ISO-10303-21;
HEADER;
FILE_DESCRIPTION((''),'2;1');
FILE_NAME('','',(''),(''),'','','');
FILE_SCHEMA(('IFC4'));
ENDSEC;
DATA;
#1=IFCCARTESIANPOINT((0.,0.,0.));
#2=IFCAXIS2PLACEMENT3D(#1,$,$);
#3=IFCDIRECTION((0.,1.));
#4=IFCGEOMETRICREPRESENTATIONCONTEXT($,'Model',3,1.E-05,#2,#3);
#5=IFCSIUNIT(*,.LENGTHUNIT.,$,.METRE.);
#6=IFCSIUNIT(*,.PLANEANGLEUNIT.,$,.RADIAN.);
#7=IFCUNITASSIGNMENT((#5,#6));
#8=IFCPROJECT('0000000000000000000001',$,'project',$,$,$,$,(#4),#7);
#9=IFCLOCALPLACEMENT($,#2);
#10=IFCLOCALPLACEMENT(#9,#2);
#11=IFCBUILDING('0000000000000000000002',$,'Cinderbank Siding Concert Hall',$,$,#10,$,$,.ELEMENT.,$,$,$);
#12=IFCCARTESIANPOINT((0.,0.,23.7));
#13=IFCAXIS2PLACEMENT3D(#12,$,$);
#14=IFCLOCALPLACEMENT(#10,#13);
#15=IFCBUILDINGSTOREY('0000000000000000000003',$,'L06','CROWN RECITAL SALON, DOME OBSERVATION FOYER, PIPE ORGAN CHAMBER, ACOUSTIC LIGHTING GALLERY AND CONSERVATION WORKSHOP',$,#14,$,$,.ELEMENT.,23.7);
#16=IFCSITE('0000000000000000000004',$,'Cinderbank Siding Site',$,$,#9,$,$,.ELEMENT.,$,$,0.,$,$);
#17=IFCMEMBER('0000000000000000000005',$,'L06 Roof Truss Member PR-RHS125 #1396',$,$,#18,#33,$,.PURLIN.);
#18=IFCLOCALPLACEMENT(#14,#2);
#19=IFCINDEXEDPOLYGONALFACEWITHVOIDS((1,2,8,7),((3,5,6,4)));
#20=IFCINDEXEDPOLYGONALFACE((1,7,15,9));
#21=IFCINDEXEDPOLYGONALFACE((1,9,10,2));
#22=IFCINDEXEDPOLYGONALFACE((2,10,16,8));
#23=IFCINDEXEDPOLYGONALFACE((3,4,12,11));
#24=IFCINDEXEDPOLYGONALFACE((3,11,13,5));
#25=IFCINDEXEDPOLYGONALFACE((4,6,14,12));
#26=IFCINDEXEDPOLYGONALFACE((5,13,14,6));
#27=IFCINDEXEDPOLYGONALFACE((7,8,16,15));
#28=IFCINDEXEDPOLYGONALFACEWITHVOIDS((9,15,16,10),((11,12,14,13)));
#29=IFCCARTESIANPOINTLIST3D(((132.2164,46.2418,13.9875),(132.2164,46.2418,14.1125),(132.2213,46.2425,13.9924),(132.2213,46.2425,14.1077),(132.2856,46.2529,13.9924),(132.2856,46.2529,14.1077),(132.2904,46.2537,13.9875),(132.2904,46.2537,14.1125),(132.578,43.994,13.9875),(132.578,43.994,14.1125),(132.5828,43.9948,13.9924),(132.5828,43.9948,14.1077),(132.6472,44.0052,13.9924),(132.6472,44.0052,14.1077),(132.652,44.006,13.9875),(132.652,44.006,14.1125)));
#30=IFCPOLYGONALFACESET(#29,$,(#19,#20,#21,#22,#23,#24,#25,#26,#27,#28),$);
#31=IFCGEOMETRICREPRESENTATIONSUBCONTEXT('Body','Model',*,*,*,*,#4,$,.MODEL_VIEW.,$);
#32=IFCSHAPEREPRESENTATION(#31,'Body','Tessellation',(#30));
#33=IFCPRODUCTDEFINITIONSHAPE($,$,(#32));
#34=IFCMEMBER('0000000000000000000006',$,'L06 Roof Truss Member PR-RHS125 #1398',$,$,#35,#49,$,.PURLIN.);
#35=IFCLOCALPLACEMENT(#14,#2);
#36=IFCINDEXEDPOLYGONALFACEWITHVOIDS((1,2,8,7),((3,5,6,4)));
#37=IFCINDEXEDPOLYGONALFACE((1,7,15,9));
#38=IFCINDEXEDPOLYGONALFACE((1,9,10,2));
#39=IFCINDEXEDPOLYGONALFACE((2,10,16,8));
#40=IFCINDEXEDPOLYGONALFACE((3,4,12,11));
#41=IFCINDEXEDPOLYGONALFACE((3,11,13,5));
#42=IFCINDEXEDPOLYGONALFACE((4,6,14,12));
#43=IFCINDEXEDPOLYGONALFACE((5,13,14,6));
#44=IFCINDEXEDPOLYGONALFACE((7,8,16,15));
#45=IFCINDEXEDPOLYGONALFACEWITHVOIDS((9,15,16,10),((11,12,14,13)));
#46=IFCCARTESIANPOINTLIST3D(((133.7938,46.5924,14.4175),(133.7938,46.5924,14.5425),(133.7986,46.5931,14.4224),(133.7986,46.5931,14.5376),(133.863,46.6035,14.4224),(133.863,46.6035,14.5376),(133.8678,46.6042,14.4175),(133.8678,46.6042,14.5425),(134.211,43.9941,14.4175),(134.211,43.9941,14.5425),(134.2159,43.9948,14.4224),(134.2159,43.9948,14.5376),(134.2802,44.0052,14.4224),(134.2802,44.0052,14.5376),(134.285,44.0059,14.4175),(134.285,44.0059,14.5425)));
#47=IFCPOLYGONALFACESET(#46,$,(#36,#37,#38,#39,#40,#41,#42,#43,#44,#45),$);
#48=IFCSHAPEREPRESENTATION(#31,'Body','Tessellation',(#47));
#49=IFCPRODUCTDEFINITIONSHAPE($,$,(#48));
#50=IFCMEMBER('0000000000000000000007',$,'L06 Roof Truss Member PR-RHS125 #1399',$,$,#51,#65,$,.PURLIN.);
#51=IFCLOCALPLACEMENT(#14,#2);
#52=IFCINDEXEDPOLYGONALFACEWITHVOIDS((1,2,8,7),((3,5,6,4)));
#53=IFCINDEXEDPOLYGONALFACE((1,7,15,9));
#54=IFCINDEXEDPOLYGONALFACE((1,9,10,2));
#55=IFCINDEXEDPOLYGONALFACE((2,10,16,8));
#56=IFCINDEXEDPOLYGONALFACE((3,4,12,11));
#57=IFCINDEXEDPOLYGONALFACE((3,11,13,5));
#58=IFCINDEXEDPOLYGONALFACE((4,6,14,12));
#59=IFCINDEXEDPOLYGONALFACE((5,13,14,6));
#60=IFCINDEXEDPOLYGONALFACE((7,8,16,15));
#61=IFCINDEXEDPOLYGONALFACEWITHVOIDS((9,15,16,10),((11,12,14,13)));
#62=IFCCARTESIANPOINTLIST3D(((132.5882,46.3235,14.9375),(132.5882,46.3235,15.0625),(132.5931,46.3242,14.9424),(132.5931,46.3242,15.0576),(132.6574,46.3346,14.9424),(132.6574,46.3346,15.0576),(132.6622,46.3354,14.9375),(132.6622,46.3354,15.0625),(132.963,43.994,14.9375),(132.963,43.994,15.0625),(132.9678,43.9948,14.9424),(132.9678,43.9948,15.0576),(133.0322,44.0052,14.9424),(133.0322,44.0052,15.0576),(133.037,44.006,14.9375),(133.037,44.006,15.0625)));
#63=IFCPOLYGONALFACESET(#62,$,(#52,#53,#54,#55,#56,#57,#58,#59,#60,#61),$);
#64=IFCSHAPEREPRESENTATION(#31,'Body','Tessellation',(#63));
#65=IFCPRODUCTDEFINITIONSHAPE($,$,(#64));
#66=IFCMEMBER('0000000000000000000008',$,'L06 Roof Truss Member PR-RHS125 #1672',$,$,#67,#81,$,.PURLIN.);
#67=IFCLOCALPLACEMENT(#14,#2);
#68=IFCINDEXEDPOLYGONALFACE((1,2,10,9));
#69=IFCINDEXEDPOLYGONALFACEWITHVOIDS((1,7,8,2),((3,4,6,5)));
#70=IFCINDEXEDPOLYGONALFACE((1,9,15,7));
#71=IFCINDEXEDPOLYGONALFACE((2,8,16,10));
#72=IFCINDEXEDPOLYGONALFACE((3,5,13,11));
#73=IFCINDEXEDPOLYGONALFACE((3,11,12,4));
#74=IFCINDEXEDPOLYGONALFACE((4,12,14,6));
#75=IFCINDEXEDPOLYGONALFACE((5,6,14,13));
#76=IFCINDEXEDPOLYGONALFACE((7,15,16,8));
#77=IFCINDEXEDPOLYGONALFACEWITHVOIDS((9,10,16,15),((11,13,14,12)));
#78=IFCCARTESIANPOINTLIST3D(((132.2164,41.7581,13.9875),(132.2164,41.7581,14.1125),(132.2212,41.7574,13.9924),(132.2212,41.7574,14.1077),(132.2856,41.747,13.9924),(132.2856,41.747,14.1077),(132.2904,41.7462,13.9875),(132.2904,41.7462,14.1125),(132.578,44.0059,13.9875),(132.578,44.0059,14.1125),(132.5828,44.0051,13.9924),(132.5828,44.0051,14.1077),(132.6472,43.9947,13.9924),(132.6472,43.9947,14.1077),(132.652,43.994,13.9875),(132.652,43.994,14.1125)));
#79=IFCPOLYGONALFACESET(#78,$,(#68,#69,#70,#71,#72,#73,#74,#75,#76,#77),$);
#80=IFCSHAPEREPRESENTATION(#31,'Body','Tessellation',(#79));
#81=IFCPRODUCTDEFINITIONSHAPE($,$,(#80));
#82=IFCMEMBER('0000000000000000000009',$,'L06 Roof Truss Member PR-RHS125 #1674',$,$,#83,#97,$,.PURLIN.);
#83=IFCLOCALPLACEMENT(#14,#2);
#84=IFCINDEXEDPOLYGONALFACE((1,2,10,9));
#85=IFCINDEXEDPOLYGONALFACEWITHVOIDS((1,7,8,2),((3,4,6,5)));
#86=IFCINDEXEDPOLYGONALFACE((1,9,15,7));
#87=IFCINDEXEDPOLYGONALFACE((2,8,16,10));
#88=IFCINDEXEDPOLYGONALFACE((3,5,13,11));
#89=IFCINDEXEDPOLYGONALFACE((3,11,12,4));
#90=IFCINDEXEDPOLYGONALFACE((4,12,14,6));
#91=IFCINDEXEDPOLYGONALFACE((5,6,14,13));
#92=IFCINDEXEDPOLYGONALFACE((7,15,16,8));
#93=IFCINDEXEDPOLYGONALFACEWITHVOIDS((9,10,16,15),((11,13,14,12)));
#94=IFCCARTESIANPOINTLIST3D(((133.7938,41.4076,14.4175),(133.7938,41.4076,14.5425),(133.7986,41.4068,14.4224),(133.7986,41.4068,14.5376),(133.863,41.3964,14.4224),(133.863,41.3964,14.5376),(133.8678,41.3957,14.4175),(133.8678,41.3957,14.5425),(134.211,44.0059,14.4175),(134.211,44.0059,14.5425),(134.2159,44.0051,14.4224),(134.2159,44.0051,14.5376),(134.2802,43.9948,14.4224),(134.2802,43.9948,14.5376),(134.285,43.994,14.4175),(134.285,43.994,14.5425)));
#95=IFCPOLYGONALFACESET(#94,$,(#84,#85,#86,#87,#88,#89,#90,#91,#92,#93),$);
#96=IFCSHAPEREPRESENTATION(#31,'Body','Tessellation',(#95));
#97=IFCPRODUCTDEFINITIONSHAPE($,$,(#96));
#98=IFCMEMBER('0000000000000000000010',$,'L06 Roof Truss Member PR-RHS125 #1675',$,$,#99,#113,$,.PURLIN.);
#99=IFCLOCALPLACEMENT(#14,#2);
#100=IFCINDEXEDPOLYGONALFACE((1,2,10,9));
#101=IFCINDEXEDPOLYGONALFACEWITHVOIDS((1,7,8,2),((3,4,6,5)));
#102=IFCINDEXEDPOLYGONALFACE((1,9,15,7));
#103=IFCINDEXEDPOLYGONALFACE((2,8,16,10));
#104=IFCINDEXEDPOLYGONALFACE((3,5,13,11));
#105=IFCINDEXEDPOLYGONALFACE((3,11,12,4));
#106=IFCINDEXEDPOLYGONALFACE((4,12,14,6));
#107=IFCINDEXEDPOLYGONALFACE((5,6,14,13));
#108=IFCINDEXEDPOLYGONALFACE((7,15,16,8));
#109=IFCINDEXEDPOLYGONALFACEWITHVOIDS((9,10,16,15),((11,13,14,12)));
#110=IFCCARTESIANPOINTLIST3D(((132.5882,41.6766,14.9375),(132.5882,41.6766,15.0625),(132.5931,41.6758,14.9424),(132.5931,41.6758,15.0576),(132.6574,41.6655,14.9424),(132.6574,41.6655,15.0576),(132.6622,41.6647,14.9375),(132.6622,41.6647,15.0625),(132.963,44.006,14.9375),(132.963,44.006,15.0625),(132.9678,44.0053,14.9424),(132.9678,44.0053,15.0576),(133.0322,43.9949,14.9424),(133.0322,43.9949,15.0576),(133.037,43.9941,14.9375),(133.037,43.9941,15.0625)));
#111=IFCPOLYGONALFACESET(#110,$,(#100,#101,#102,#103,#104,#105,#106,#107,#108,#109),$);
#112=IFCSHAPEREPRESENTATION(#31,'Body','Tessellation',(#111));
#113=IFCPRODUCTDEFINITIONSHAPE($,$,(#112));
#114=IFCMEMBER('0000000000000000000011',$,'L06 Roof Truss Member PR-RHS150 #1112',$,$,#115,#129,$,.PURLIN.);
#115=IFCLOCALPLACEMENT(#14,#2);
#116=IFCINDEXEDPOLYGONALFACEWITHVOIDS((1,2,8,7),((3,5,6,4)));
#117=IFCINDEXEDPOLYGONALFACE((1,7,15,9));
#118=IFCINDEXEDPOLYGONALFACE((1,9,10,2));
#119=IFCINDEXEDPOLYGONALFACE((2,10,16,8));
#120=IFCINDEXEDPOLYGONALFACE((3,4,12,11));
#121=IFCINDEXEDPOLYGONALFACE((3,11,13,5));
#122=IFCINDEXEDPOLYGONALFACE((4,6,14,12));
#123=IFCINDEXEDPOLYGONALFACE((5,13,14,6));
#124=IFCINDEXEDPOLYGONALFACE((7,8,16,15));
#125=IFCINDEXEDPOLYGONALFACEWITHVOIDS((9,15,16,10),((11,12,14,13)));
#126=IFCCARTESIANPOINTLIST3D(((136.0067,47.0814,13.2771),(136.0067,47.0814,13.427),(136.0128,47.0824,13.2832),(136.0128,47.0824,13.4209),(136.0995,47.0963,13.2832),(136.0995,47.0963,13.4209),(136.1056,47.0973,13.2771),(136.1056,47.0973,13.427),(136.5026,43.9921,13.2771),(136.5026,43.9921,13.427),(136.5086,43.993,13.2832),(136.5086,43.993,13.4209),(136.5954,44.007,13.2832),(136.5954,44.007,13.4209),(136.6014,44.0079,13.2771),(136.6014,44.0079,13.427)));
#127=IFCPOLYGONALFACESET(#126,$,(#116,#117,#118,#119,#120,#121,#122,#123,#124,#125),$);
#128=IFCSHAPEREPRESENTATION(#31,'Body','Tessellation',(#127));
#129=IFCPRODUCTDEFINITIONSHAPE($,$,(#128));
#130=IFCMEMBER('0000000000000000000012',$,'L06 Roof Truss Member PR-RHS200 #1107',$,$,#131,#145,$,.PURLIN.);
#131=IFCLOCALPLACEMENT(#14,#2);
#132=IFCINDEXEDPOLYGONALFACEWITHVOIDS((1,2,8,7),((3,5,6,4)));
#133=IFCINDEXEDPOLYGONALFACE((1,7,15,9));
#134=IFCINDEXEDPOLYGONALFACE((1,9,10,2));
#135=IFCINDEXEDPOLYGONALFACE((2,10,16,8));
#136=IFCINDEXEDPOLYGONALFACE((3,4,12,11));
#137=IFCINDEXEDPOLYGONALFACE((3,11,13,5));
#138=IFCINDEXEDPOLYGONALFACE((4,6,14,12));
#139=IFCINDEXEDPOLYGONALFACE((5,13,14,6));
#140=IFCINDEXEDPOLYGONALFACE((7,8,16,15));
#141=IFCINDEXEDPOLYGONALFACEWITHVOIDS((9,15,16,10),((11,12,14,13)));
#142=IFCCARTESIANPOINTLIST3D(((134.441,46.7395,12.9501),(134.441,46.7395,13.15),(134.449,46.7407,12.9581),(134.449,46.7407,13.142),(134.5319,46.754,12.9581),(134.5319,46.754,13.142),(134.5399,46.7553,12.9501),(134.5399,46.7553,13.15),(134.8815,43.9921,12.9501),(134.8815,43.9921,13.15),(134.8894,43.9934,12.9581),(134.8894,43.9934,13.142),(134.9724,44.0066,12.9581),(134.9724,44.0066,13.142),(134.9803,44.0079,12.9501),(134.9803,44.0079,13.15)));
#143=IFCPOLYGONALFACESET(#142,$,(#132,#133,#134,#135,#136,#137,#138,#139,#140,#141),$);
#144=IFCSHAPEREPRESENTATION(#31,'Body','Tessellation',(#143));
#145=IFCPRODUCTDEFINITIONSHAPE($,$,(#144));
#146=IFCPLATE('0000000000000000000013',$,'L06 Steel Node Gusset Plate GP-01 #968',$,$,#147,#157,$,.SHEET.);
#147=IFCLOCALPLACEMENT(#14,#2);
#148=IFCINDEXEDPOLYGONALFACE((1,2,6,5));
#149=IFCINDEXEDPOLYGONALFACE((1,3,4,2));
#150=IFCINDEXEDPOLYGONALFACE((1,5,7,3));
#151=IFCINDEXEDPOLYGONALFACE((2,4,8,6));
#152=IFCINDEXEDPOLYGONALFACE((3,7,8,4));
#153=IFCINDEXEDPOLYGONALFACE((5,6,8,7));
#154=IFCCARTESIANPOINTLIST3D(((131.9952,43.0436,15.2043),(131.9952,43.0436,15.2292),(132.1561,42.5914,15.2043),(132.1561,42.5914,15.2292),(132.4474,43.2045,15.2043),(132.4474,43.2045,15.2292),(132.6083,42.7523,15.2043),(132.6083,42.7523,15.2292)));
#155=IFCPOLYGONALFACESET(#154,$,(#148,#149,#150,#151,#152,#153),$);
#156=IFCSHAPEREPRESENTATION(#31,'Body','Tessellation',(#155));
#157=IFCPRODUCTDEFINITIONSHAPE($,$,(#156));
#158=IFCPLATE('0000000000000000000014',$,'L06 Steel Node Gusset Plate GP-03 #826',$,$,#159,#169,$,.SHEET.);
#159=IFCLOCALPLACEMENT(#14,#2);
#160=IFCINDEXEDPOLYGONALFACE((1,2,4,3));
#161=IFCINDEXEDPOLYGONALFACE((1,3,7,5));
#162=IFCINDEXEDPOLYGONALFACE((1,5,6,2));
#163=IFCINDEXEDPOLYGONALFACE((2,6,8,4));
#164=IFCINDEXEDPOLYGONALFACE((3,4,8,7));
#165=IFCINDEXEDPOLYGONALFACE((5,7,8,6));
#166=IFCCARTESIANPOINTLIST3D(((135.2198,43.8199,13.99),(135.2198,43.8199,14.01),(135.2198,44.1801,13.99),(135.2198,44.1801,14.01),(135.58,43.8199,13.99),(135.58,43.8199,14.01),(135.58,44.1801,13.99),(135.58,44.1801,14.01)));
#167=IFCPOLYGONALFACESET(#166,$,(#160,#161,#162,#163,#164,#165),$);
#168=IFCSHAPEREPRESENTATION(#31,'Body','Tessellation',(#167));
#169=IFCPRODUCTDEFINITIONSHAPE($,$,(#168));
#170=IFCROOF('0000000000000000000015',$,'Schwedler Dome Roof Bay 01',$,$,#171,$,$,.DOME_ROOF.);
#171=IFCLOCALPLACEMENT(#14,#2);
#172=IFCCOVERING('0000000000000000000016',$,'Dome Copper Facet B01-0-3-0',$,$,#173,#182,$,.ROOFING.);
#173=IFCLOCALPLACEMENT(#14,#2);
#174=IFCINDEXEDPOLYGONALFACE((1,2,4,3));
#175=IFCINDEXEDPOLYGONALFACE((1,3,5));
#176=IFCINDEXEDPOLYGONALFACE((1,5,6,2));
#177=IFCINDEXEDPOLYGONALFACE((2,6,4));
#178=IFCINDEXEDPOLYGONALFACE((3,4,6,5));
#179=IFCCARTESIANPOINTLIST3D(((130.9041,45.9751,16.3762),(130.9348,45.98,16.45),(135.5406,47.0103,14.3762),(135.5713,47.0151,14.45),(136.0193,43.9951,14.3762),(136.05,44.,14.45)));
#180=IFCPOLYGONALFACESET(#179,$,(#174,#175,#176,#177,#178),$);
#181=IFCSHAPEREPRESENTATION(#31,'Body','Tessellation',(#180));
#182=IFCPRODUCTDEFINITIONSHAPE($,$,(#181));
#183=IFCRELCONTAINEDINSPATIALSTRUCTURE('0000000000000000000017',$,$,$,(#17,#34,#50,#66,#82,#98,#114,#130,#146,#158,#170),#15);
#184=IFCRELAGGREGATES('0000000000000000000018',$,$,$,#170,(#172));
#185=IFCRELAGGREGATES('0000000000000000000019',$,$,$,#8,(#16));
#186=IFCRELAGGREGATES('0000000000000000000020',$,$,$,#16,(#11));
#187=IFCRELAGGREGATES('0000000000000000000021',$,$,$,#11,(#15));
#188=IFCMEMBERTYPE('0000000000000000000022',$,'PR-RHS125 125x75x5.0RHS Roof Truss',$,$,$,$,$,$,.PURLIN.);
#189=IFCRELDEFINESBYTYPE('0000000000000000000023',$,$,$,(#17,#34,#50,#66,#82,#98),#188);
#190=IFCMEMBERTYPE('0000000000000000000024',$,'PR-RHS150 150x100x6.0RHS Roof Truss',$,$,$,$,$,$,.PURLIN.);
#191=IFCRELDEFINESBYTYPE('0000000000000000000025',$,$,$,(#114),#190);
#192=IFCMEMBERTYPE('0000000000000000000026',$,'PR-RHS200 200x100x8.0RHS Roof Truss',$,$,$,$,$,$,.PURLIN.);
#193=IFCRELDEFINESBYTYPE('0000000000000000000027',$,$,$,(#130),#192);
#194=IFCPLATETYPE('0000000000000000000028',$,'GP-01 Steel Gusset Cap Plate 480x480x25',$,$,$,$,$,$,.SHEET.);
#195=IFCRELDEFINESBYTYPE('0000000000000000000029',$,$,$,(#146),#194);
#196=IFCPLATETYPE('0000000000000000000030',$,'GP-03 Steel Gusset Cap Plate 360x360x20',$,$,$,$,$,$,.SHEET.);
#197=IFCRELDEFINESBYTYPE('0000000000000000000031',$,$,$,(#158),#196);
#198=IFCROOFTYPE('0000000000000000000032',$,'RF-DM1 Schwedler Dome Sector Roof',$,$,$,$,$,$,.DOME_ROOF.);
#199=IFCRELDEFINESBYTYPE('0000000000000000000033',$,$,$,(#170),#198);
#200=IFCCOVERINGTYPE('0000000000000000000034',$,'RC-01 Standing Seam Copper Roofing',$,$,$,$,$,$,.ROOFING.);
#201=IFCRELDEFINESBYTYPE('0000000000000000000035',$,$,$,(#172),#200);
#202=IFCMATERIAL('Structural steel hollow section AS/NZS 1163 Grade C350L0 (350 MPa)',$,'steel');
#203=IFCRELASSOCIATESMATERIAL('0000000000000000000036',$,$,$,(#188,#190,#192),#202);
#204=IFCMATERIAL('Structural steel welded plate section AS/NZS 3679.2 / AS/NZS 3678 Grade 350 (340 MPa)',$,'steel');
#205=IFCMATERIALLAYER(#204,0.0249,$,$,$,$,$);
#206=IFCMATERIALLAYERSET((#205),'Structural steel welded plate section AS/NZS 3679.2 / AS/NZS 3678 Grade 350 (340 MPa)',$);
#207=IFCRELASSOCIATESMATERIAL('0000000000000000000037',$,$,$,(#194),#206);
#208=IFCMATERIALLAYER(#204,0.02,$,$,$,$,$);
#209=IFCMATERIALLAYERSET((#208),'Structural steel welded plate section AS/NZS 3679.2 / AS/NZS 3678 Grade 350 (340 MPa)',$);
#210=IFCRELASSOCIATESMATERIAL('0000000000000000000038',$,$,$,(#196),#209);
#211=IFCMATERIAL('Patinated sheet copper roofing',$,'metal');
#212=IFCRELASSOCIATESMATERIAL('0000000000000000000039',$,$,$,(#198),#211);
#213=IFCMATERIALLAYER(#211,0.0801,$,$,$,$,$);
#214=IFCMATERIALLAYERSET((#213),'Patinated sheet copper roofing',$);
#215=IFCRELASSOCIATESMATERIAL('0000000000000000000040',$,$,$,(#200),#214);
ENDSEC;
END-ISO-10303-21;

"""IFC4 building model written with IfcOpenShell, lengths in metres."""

from ifc_helpers import new_model, si_unit, direction, frame, origin, origin_2d, place, context, subcontext, project, spatial, polyline, rectangle, hollow_rectangle, outline, extrude, material, layer, layer_set, material_profile, profile_set, type_object, element, aggregate, save


model = new_model("IFC4")

# Units and contexts
model_context = context("Model", 3, precision=1e-05, world=origin(), true_north=direction((0.0, 1.0)))
body_context = subcontext(model_context, "Body", "Model", "MODEL_VIEW")
ifc_project = project(units=[si_unit("LENGTHUNIT", "METRE"), si_unit("PLANEANGLEUNIT", "RADIAN")], contexts=[model_context])

# Site, building, storey
site_placement = place(None, origin())
site = spatial("IfcSite", under=ifc_project, at=site_placement, Name="Cinderbank Siding Site", CompositionType="ELEMENT", RefElevation=0.0)
building_placement = place(site_placement, origin())
building = spatial("IfcBuilding", under=site, at=building_placement, Name="Cinderbank Siding Concert Hall", CompositionType="ELEMENT")
storey_placement = place(building_placement, frame((0.0, 0.0, 23.7)))
storey = spatial("IfcBuildingStorey", under=building, at=storey_placement, Name="L06", Description="CROWN RECITAL SALON, DOME OBSERVATION FOYER, PIPE ORGAN CHAMBER, ACOUSTIC LIGHTING GALLERY AND CONSERVATION WORKSHOP", CompositionType="ELEMENT", Elevation=23.7)

# Members
ifc_material_1 = material(Name="Structural steel hollow section AS/NZS 1163 Grade C350L0 (350 MPa)", Category="steel")
ifc_material_profile_1 = material_profile(ifc_material_1, hollow_rectangle(XDim=0.075, YDim=0.125, WallThickness=0.0049, at=origin_2d()), Name="125x75x5.0RHS", Category="LoadBearing")
ifc_profile_set_1 = profile_set([ifc_material_profile_1], Name="Structural steel hollow section AS/NZS 1163 Grade C350L0 (350 MPa)")
member_type_1 = type_object("IfcMemberType", Name="PR-RHS125 125x75x5.0RHS Roof Truss", PredefinedType="PURLIN", material=ifc_profile_set_1)
member_1_placement = place(storey_placement, frame((132.615, 44.0, 14.05), z_axis=(-0.158814, 0.987308, 0.0), x_axis=(-0.987308, -0.158814, 0.0)))
element("IfcMember", 1, at=member_1_placement, inside=storey, type_object=member_type_1, Name="L06 Roof Truss Member PR-RHS125 #1396", PredefinedType="PURLIN", context=body_context, shape_type="SweptSolid", body=[
    extrude(hollow_rectangle(XDim=0.075, YDim=0.125, WallThickness=0.0049, at=origin_2d()), origin(), (0.0, 0.0, 1.0), 2.2766),
])
member_2_placement = place(storey_placement, frame((134.248, 44.0, 14.48), z_axis=(-0.158544, 0.987352, 0.0), x_axis=(-0.987352, -0.158544, 0.0)))
element("IfcMember", 2, at=member_2_placement, inside=storey, type_object=member_type_1, Name="L06 Roof Truss Member PR-RHS125 #1398", PredefinedType="PURLIN", context=body_context, shape_type="SweptSolid", body=[
    extrude(hollow_rectangle(XDim=0.075, YDim=0.125, WallThickness=0.0049, at=origin_2d()), origin(), (0.0, 0.0, 1.0), 2.6316),
])
member_3_placement = place(storey_placement, frame((133.0, 44.0, 15.0), z_axis=(-0.158842, 0.987304, 0.0), x_axis=(-0.987304, -0.158842, 0.0)))
element("IfcMember", 3, at=member_3_placement, inside=storey, type_object=member_type_1, Name="L06 Roof Truss Member PR-RHS125 #1399", PredefinedType="PURLIN", context=body_context, shape_type="SweptSolid", body=[
    extrude(hollow_rectangle(XDim=0.075, YDim=0.125, WallThickness=0.0049, at=origin_2d()), origin(), (0.0, 0.0, 1.0), 2.3594),
])
member_4_placement = place(storey_placement, frame((132.2534, 41.7522, 14.05), z_axis=(0.158814, 0.987308, 0.0), x_axis=(-0.987308, 0.158814, 0.0)))
element("IfcMember", 4, at=member_4_placement, inside=storey, type_object=member_type_1, Name="L06 Roof Truss Member PR-RHS125 #1672", PredefinedType="PURLIN", context=body_context, shape_type="SweptSolid", body=[
    extrude(hollow_rectangle(XDim=0.075, YDim=0.125, WallThickness=0.0049, at=origin_2d()), origin(), (0.0, 0.0, 1.0), 2.2766),
])
member_5_placement = place(storey_placement, frame((133.8308, 41.4016, 14.48), z_axis=(0.158544, 0.987352, 0.0), x_axis=(-0.987352, 0.158544, 0.0)))
element("IfcMember", 5, at=member_5_placement, inside=storey, type_object=member_type_1, Name="L06 Roof Truss Member PR-RHS125 #1674", PredefinedType="PURLIN", context=body_context, shape_type="SweptSolid", body=[
    extrude(hollow_rectangle(XDim=0.075, YDim=0.125, WallThickness=0.0049, at=origin_2d()), origin(), (0.0, 0.0, 1.0), 2.6316),
])
member_6_placement = place(storey_placement, frame((132.6252, 41.6707, 15.0), z_axis=(0.158842, 0.987304, 0.0), x_axis=(-0.987304, 0.158842, 0.0)))
element("IfcMember", 6, at=member_6_placement, inside=storey, type_object=member_type_1, Name="L06 Roof Truss Member PR-RHS125 #1675", PredefinedType="PURLIN", context=body_context, shape_type="SweptSolid", body=[
    extrude(hollow_rectangle(XDim=0.075, YDim=0.125, WallThickness=0.0049, at=origin_2d()), origin(), (0.0, 0.0, 1.0), 2.3594),
])
ifc_material_profile_2 = material_profile(ifc_material_1, hollow_rectangle(XDim=0.1001, YDim=0.1499, WallThickness=0.0061, at=origin_2d()), Name="150x100x6.0RHS", Category="LoadBearing")
ifc_profile_set_2 = profile_set([ifc_material_profile_2], Name="Structural steel hollow section AS/NZS 1163 Grade C350L0 (350 MPa)")
member_type_2 = type_object("IfcMemberType", Name="PR-RHS150 150x100x6.0RHS Roof Truss", PredefinedType="PURLIN", material=ifc_profile_set_2)
member_7_placement = place(storey_placement, frame((136.552, 44.0, 13.3521), z_axis=(-0.158474, 0.987363, 0.0), x_axis=(-0.987363, -0.158474, 0.0)))
element("IfcMember", 7, at=member_7_placement, inside=storey, type_object=member_type_2, Name="L06 Roof Truss Member PR-RHS150 #1112", PredefinedType="PURLIN", context=body_context, shape_type="SweptSolid", body=[
    extrude(hollow_rectangle(XDim=0.1001, YDim=0.1499, WallThickness=0.0061, at=origin_2d()), origin(), (0.0, 0.0, 1.0), 3.1289),
])
ifc_material_profile_3 = material_profile(ifc_material_1, hollow_rectangle(XDim=0.1001, YDim=0.2, WallThickness=0.0081, at=origin_2d()), Name="200x100x8.0RHS", Category="LoadBearing")
ifc_profile_set_3 = profile_set([ifc_material_profile_3], Name="Structural steel hollow section AS/NZS 1163 Grade C350L0 (350 MPa)")
member_type_3 = type_object("IfcMemberType", Name="PR-RHS200 200x100x8.0RHS Roof Truss", PredefinedType="PURLIN", material=ifc_profile_set_3)
member_8_placement = place(storey_placement, frame((134.9309, 44.0, 13.05), z_axis=(-0.158292, 0.987392, 0.0), x_axis=(-0.987392, -0.158292, 0.0)))
element("IfcMember", 8, at=member_8_placement, inside=storey, type_object=member_type_3, Name="L06 Roof Truss Member PR-RHS200 #1107", PredefinedType="PURLIN", context=body_context, shape_type="SweptSolid", body=[
    extrude(hollow_rectangle(XDim=0.1001, YDim=0.2, WallThickness=0.0081, at=origin_2d()), origin(), (0.0, 0.0, 1.0), 2.7825),
])

# Plates
ifc_material_2 = material(Name="Structural steel welded plate section AS/NZS 3679.2 / AS/NZS 3678 Grade 350 (340 MPa)", Category="steel")
ifc_layer_1 = layer(ifc_material_2, 0.0249)
ifc_layer_set_1 = layer_set([ifc_layer_1], Name="Structural steel welded plate section AS/NZS 3679.2 / AS/NZS 3678 Grade 350 (340 MPa)")
plate_type_1 = type_object("IfcPlateType", Name="GP-01 Steel Gusset Cap Plate 480x480x25", PredefinedType="SHEET", material=ifc_layer_set_1)
plate_1_placement = place(storey_placement, frame((132.3018, 42.8979, 15.2043), z_axis=(0.0, 0.0, 1.0), x_axis=(-0.942174, -0.335123, 0.0)))
element("IfcPlate", 9, at=plate_1_placement, inside=storey, type_object=plate_type_1, Name="L06 Steel Node Gusset Plate GP-01 #968", PredefinedType="SHEET", context=body_context, shape_type="SweptSolid", body=[
    extrude(rectangle(XDim=0.48, YDim=0.48, at=origin_2d()), origin(), (0.0, 0.0, 1.0), 0.0249),
])
ifc_layer_2 = layer(ifc_material_2, 0.02)
ifc_layer_set_2 = layer_set([ifc_layer_2], Name="Structural steel welded plate section AS/NZS 3679.2 / AS/NZS 3678 Grade 350 (340 MPa)")
plate_type_2 = type_object("IfcPlateType", Name="GP-03 Steel Gusset Cap Plate 360x360x20", PredefinedType="SHEET", material=ifc_layer_set_2)
plate_2_placement = place(storey_placement, frame((135.3999, 44.0, 13.99), z_axis=(0.0, 0.0, 1.0), x_axis=(-1.0, 0.0, 0.0)))
element("IfcPlate", 10, at=plate_2_placement, inside=storey, type_object=plate_type_2, Name="L06 Steel Node Gusset Plate GP-03 #826", PredefinedType="SHEET", context=body_context, shape_type="SweptSolid", body=[
    extrude(rectangle(XDim=0.3601, YDim=0.3601, at=origin_2d()), origin(), (0.0, 0.0, 1.0), 0.02),
])

# Roof, covering
ifc_material_3 = material(Name="Patinated sheet copper roofing", Category="metal")
roof_type = type_object("IfcRoofType", Name="RF-DM1 Schwedler Dome Sector Roof", PredefinedType="DOME_ROOF", material=ifc_material_3)
roof_placement = place(storey_placement, origin())
roof = element("IfcRoof", 11, at=roof_placement, inside=storey, type_object=roof_type, Name="Schwedler Dome Roof Bay 01", PredefinedType="DOME_ROOF")
ifc_layer_3 = layer(ifc_material_3, 0.0801)
ifc_layer_set_3 = layer_set([ifc_layer_3], Name="Patinated sheet copper roofing")
covering_type = type_object("IfcCoveringType", Name="RC-01 Standing Seam Copper Roofing", PredefinedType="ROOFING", material=ifc_layer_set_3)
covering_1_placement = place(storey_placement, frame((136.05, 44.0, 14.45), z_axis=(0.383843, 0.060949, 0.921385), x_axis=(-0.156821, 0.987627, 0.0)))
covering_1 = element("IfcCovering", 12, at=covering_1_placement, type_object=covering_type, Name="Dome Copper Facet B01-0-3-0", PredefinedType="ROOFING", context=body_context, shape_type="SweptSolid", body=[
    extrude(outline(polyline([(0.0, 0.0), (3.0529, 0.0), (2.7577, 5.146), (0.0, 0.0)])), origin(), (0.0, 0.0, -1.0), 0.0801),
])
aggregate(roof, [covering_1])

save(model, "model.ifc")
